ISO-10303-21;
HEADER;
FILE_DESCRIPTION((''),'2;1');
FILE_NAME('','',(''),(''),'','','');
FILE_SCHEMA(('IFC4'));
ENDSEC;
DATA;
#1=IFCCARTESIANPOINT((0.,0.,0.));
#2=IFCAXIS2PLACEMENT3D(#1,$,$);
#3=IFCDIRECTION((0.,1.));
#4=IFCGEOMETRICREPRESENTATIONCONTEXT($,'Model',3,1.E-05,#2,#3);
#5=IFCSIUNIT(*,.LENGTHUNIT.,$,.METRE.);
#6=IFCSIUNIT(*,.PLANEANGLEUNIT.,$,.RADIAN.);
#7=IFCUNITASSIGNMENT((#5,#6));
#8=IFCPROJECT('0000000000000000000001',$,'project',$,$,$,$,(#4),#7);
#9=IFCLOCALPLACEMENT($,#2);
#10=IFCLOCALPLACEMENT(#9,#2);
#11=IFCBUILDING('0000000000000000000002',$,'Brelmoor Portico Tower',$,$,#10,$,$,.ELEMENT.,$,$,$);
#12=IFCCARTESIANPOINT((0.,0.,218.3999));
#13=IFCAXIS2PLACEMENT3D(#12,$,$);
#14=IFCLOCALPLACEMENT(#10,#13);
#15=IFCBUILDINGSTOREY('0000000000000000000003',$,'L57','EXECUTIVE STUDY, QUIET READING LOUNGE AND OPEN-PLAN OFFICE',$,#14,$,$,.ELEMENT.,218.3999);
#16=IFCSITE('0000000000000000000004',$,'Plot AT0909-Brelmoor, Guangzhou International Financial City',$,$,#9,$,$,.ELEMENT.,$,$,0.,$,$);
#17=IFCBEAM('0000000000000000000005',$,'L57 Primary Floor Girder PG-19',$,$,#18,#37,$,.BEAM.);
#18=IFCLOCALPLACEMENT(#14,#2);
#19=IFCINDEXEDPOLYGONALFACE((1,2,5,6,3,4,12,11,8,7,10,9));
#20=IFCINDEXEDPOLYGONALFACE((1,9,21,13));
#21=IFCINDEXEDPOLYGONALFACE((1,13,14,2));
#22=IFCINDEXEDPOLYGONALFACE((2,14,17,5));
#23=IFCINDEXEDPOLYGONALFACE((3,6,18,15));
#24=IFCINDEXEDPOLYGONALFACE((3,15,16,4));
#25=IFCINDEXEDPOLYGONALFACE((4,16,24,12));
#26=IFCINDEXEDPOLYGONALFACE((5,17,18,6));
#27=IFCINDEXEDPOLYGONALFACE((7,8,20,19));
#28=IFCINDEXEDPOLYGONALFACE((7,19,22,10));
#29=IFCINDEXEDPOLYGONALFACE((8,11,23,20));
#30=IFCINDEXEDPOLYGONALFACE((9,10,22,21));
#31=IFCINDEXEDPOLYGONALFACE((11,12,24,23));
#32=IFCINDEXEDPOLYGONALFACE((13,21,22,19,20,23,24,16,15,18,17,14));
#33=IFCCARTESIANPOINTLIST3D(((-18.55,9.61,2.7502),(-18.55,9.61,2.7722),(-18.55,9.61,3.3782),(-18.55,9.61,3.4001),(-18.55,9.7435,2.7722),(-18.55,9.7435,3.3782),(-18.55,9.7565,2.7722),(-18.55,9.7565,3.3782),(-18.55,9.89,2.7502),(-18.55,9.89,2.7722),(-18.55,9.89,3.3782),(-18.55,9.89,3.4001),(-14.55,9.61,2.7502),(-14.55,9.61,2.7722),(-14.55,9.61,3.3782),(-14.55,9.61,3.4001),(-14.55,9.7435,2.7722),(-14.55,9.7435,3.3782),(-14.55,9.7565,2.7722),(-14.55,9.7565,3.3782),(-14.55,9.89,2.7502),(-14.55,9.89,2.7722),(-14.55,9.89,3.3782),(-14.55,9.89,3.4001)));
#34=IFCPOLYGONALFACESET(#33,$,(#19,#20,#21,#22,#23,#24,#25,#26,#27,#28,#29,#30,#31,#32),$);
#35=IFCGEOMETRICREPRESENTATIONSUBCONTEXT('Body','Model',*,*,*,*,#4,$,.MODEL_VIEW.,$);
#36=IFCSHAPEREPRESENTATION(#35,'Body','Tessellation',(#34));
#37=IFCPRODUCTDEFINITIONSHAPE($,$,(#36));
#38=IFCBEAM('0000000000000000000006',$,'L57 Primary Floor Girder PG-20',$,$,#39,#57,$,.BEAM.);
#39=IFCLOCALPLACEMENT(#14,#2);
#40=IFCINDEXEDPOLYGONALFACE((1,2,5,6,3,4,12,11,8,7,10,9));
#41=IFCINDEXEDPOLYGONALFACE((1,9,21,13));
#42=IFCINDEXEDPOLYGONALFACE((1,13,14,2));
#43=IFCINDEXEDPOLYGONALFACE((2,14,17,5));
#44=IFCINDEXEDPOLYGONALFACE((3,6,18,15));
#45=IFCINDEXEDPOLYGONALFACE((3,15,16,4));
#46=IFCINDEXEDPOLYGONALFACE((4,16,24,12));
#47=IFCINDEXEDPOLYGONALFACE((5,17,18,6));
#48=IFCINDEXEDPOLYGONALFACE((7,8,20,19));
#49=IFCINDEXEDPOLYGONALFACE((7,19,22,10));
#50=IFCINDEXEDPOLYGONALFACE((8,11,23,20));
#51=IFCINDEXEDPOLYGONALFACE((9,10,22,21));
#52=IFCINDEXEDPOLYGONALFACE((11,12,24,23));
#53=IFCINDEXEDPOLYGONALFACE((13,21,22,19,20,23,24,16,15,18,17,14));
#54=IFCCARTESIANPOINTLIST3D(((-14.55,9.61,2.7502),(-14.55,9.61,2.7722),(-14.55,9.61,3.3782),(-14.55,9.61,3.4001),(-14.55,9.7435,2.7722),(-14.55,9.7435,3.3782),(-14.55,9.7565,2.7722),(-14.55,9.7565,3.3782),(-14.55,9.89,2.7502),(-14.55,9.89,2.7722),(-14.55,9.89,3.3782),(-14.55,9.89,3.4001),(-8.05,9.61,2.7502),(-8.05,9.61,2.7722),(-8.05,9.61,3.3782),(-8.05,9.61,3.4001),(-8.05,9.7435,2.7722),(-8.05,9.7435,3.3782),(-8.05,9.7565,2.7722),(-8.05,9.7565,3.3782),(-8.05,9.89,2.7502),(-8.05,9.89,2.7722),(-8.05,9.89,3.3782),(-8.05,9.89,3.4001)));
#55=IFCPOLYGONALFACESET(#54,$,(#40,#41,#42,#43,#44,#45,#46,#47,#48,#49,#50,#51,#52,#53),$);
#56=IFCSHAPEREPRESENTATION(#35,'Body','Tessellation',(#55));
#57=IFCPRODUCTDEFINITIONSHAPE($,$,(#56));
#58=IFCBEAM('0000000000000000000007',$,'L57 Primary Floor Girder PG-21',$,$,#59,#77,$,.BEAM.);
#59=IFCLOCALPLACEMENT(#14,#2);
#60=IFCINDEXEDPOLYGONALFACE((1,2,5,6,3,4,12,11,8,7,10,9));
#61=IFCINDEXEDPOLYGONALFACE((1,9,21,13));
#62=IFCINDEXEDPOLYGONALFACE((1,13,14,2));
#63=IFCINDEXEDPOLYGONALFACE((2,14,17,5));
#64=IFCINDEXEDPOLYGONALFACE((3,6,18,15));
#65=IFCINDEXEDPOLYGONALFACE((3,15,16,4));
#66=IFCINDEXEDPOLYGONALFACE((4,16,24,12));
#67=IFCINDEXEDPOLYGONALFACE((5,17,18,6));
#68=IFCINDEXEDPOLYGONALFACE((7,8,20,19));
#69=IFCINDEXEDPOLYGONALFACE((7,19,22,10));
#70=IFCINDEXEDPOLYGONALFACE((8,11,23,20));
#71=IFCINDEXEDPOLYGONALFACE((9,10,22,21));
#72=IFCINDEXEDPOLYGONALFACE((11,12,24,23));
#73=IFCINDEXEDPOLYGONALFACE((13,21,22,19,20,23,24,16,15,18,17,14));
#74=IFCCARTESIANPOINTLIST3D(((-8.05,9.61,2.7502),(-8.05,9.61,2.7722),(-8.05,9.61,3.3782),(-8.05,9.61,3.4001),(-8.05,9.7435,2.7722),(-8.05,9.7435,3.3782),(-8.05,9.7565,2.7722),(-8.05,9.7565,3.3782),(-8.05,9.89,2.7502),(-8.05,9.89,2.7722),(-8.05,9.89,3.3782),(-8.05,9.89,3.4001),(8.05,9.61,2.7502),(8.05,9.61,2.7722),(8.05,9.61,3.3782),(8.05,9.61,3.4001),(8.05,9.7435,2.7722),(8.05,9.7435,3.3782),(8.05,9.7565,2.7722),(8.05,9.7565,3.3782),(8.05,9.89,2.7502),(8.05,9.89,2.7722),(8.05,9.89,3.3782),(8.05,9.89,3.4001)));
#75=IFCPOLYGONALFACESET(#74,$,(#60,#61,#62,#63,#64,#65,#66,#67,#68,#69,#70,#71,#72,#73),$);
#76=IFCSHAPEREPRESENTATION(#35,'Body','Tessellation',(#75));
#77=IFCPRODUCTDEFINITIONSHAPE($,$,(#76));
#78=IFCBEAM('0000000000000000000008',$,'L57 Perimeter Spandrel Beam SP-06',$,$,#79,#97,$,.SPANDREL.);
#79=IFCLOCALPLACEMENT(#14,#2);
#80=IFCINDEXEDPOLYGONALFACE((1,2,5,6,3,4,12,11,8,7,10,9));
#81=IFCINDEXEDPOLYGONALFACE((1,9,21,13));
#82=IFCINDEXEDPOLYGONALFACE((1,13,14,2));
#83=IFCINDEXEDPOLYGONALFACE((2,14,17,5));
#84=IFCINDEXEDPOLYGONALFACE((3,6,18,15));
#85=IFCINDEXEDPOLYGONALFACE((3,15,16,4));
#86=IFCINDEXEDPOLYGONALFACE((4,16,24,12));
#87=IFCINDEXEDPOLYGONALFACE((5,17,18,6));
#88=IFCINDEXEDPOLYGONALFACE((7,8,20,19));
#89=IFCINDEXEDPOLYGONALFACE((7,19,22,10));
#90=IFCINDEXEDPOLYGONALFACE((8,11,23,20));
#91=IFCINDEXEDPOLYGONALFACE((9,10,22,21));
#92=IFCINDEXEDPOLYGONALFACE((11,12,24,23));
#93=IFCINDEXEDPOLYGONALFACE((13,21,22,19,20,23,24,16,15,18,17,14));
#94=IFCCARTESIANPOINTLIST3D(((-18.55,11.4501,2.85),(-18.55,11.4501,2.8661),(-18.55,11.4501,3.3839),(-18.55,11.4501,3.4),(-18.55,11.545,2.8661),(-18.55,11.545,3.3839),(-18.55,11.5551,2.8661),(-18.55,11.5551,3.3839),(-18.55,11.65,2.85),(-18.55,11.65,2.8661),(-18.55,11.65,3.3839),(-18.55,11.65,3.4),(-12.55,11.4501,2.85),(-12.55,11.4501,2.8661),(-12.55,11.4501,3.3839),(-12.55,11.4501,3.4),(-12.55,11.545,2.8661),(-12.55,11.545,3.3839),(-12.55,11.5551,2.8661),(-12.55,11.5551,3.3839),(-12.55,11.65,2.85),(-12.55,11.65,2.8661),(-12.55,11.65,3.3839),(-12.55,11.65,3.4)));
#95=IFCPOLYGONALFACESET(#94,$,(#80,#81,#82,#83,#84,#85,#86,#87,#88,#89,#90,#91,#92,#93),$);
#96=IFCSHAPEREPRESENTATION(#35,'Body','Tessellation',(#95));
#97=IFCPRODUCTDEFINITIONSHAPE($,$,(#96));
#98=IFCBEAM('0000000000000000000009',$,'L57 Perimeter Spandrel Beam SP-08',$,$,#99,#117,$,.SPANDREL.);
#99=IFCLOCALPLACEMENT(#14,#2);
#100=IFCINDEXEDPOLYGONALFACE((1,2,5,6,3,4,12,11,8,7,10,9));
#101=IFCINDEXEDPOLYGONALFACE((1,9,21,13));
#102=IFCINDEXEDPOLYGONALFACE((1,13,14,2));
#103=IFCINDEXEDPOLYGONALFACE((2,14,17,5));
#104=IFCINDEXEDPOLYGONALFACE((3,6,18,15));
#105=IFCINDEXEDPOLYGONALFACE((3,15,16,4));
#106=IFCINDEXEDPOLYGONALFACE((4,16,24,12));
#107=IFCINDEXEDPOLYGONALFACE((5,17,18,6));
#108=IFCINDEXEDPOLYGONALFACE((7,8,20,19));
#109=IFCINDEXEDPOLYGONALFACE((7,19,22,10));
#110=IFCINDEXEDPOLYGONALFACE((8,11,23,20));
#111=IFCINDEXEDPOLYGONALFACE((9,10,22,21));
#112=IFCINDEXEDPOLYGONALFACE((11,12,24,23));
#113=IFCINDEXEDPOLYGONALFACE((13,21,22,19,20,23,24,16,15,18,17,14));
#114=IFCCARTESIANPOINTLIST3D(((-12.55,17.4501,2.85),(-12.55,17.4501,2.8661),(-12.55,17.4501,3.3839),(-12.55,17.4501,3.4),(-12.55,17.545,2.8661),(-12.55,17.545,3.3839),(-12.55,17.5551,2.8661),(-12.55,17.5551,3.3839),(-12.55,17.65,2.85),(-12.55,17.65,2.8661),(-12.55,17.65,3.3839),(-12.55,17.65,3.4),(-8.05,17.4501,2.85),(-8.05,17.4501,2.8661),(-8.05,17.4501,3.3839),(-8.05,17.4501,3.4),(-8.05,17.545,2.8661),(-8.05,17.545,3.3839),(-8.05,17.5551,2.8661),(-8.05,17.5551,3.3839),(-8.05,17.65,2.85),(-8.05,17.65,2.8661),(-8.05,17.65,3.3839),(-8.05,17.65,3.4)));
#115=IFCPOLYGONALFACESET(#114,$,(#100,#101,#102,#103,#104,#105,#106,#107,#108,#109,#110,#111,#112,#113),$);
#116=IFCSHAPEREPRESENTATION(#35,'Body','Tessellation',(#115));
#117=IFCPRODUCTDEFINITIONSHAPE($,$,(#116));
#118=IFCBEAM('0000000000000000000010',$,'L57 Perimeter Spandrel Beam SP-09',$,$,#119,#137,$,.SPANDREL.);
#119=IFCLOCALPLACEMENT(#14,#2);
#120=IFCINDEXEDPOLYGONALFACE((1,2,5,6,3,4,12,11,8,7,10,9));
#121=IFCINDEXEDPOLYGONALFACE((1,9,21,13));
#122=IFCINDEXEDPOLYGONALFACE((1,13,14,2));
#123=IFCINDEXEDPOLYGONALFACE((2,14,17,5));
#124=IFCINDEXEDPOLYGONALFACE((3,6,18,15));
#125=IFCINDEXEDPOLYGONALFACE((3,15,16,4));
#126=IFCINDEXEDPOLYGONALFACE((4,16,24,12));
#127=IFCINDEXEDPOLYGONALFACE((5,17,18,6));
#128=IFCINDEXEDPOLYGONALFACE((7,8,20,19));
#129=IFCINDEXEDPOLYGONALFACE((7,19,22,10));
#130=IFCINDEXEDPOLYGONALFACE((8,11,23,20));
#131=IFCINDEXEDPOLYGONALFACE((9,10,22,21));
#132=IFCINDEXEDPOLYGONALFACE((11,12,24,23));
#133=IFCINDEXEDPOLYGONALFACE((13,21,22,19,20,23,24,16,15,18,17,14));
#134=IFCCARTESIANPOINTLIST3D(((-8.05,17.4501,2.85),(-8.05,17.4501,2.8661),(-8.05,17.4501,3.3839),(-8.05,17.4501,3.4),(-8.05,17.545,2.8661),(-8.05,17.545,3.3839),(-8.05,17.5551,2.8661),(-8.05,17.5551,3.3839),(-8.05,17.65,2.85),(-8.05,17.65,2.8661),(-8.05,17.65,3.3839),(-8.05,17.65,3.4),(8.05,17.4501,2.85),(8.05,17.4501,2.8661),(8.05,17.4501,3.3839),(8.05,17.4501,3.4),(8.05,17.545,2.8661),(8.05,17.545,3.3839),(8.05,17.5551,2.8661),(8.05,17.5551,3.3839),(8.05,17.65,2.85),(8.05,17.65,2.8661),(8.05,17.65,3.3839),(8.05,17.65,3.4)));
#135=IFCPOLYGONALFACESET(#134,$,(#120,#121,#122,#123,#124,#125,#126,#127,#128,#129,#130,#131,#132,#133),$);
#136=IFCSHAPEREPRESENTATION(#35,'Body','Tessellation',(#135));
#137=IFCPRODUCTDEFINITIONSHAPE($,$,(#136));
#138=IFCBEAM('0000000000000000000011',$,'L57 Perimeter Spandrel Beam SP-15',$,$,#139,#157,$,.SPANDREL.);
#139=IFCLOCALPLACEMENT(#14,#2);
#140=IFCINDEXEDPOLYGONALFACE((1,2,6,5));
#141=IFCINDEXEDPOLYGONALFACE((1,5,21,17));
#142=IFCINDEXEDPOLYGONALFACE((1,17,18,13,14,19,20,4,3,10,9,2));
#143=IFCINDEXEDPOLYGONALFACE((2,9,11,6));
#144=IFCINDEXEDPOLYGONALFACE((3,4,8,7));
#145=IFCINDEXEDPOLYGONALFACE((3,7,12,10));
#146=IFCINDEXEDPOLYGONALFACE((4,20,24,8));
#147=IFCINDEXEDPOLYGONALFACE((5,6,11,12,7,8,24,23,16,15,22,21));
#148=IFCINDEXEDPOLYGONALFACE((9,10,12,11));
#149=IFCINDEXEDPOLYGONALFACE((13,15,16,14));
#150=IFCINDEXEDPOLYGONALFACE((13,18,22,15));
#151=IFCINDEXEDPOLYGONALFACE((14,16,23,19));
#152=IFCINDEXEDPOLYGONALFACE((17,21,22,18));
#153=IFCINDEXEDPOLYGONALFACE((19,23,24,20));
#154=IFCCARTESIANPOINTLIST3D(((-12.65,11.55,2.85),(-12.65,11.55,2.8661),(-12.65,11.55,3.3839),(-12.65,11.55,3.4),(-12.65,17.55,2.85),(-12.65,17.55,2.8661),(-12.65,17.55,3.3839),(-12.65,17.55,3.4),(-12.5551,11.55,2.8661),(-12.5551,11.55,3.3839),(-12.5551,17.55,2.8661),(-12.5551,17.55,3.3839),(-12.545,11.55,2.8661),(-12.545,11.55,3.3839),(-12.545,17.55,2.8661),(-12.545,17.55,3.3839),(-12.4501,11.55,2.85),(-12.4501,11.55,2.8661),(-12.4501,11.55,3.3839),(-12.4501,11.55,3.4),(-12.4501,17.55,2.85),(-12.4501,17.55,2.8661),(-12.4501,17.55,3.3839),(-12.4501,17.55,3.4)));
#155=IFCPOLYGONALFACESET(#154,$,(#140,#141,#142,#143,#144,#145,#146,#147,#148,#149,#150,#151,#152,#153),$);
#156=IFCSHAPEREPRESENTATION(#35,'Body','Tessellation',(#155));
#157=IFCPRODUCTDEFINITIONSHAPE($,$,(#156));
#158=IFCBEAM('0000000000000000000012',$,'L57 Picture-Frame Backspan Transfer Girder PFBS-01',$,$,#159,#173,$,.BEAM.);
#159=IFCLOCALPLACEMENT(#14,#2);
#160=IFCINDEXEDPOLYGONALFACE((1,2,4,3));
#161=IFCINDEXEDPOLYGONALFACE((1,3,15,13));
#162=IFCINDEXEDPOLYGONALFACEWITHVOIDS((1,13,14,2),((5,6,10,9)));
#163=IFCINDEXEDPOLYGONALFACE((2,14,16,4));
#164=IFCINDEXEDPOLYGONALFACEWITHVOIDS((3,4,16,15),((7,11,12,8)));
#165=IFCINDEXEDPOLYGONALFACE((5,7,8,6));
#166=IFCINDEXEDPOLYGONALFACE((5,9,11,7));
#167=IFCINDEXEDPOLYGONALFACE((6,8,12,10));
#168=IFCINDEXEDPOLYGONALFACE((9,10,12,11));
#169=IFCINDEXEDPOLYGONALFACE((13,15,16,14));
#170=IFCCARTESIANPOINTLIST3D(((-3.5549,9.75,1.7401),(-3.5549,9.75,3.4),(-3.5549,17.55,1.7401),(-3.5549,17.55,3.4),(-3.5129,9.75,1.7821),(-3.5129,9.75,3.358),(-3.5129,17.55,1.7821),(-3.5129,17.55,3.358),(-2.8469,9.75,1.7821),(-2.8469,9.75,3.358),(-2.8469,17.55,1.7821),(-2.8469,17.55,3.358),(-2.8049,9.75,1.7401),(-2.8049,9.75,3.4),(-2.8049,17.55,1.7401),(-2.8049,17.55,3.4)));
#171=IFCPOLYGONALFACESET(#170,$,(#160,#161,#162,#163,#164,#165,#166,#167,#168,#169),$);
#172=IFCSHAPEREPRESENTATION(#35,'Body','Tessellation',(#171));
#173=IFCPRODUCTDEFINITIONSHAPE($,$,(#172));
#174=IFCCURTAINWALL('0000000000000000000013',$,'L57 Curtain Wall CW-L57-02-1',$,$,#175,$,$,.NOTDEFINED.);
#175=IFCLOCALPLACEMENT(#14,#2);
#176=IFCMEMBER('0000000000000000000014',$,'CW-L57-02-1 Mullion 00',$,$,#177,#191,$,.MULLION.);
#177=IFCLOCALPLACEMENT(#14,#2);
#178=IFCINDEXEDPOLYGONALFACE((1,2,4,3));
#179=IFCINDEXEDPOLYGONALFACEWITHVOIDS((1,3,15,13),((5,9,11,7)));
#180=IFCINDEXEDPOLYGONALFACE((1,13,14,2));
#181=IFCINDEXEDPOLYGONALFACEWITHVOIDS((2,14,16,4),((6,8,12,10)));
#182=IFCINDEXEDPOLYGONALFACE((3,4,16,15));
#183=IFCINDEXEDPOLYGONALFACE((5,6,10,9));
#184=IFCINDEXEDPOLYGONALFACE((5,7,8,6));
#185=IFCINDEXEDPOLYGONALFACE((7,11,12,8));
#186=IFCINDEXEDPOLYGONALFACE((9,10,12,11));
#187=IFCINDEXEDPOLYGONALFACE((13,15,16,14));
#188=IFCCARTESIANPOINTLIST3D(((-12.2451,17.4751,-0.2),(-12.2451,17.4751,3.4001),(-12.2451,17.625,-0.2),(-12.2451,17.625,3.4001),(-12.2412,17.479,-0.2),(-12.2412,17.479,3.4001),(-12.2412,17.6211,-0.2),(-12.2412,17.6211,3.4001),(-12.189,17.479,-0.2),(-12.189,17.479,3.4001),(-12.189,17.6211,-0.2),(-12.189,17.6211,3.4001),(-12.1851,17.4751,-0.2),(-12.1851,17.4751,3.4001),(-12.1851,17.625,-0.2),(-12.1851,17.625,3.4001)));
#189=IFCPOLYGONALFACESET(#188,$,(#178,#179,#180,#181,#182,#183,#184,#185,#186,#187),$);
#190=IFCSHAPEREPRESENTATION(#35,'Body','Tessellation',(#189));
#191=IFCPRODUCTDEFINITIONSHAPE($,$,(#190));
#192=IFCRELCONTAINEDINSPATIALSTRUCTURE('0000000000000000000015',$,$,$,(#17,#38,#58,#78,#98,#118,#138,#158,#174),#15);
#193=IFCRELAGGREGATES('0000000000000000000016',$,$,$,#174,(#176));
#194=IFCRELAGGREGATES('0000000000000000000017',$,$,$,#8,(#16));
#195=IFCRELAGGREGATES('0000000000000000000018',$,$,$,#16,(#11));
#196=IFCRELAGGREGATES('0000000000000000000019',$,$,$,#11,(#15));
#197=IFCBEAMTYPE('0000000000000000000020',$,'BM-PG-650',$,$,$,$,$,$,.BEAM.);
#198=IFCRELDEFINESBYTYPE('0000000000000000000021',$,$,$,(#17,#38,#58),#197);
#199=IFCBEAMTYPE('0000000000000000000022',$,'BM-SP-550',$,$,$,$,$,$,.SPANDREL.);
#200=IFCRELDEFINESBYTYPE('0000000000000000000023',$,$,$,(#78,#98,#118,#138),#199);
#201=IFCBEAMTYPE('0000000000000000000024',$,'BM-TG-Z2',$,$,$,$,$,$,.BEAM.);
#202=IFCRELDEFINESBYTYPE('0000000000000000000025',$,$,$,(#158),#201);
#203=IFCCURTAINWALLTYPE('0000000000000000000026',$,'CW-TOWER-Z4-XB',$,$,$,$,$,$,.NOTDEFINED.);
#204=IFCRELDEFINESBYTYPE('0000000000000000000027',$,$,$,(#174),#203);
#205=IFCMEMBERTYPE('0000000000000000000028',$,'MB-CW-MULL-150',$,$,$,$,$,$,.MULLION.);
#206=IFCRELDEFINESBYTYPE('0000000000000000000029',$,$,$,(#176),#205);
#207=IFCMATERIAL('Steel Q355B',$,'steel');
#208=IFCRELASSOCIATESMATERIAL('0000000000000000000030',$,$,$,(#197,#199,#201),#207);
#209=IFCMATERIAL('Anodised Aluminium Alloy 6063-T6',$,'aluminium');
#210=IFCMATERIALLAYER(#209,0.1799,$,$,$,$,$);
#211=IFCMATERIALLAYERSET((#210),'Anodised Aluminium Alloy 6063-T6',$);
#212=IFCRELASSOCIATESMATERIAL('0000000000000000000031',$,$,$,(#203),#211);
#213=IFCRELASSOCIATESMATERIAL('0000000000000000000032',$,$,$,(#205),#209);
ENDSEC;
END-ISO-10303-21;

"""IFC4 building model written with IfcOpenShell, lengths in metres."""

from ifc_helpers import new_model, si_unit, direction, frame, origin, origin_2d, place, context, subcontext, project, spatial, hollow_rectangle, i_section, extrude, material, layer, layer_set, material_profile, profile_set, type_object, element, aggregate, save


model = new_model("IFC4")

# Units and contexts
model_context = context("Model", 3, precision=1e-05, world=origin(), true_north=direction((0.0, 1.0)))
body_context = subcontext(model_context, "Body", "Model", "MODEL_VIEW")
ifc_project = project(units=[si_unit("LENGTHUNIT", "METRE"), si_unit("PLANEANGLEUNIT", "RADIAN")], contexts=[model_context])

# Site, building, storey
site_placement = place(None, origin())
site = spatial("IfcSite", under=ifc_project, at=site_placement, Name="Plot AT0909-Brelmoor, Guangzhou International Financial City", CompositionType="ELEMENT", RefElevation=0.0)
building_placement = place(site_placement, origin())
building = spatial("IfcBuilding", under=site, at=building_placement, Name="Brelmoor Portico Tower", CompositionType="ELEMENT")
storey_placement = place(building_placement, frame((0.0, 0.0, 218.3999)))
storey = spatial("IfcBuildingStorey", under=building, at=storey_placement, Name="L57", Description="EXECUTIVE STUDY, QUIET READING LOUNGE AND OPEN-PLAN OFFICE", CompositionType="ELEMENT", Elevation=218.3999)

# Shared definitions
ifc_material_1 = material(Name="Steel Q355B", Category="steel")

# Beams
ifc_material_profile_1 = material_profile(ifc_material_1, i_section(OverallWidth=0.28, OverallDepth=0.6499, WebThickness=0.0129, FlangeThickness=0.022, at=origin_2d()), Name="HN 650x280x13x22")
ifc_profile_set_1 = profile_set([ifc_material_profile_1], Name="Steel Q355B")
beam_type_1 = type_object("IfcBeamType", Name="BM-PG-650", PredefinedType="BEAM", material=ifc_profile_set_1)
beam_1_placement = place(storey_placement, frame((-18.55, 9.75, 3.0752), z_axis=(1.0, 0.0, 0.0), x_axis=(0.0, 1.0, 0.0)))
element("IfcBeam", 1, at=beam_1_placement, inside=storey, type_object=beam_type_1, Name="L57 Primary Floor Girder PG-19", PredefinedType="BEAM", context=body_context, shape_type="SweptSolid", body=[
    extrude(i_section(OverallWidth=0.28, OverallDepth=0.6499, WebThickness=0.0129, FlangeThickness=0.022, at=origin_2d()), origin(), (0.0, 0.0, 1.0), 4.0),
])
beam_2_placement = place(storey_placement, frame((-14.55, 9.75, 3.0752), z_axis=(1.0, 0.0, 0.0), x_axis=(0.0, 1.0, 0.0)))
element("IfcBeam", 2, at=beam_2_placement, inside=storey, type_object=beam_type_1, Name="L57 Primary Floor Girder PG-20", PredefinedType="BEAM", context=body_context, shape_type="SweptSolid", body=[
    extrude(i_section(OverallWidth=0.28, OverallDepth=0.6499, WebThickness=0.0129, FlangeThickness=0.022, at=origin_2d()), origin(), (0.0, 0.0, 1.0), 6.5),
])
beam_3_placement = place(storey_placement, frame((-8.05, 9.75, 3.0752), z_axis=(1.0, 0.0, 0.0), x_axis=(0.0, 1.0, 0.0)))
element("IfcBeam", 3, at=beam_3_placement, inside=storey, type_object=beam_type_1, Name="L57 Primary Floor Girder PG-21", PredefinedType="BEAM", context=body_context, shape_type="SweptSolid", body=[
    extrude(i_section(OverallWidth=0.28, OverallDepth=0.6499, WebThickness=0.0129, FlangeThickness=0.022, at=origin_2d()), origin(), (0.0, 0.0, 1.0), 16.1001),
])
ifc_material_profile_2 = material_profile(ifc_material_1, i_section(OverallWidth=0.2, OverallDepth=0.55, WebThickness=0.01, FlangeThickness=0.0161, at=origin_2d()), Name="HN 550x200x10x16")
ifc_profile_set_2 = profile_set([ifc_material_profile_2], Name="Steel Q355B")
beam_type_2 = type_object("IfcBeamType", Name="BM-SP-550", PredefinedType="SPANDREL", material=ifc_profile_set_2)
beam_4_placement = place(storey_placement, frame((-18.55, 11.55, 3.125), z_axis=(1.0, 0.0, 0.0), x_axis=(0.0, 1.0, 0.0)))
element("IfcBeam", 4, at=beam_4_placement, inside=storey, type_object=beam_type_2, Name="L57 Perimeter Spandrel Beam SP-06", PredefinedType="SPANDREL", context=body_context, shape_type="SweptSolid", body=[
    extrude(i_section(OverallWidth=0.2, OverallDepth=0.55, WebThickness=0.01, FlangeThickness=0.0161, at=origin_2d()), origin(), (0.0, 0.0, 1.0), 6.0),
])
beam_5_placement = place(storey_placement, frame((-12.55, 17.55, 3.125), z_axis=(1.0, 0.0, 0.0), x_axis=(0.0, 1.0, 0.0)))
element("IfcBeam", 5, at=beam_5_placement, inside=storey, type_object=beam_type_2, Name="L57 Perimeter Spandrel Beam SP-08", PredefinedType="SPANDREL", context=body_context, shape_type="SweptSolid", body=[
    extrude(i_section(OverallWidth=0.2, OverallDepth=0.55, WebThickness=0.01, FlangeThickness=0.0161, at=origin_2d()), origin(), (0.0, 0.0, 1.0), 4.5),
])
beam_6_placement = place(storey_placement, frame((-8.05, 17.55, 3.125), z_axis=(1.0, 0.0, 0.0), x_axis=(0.0, 1.0, 0.0)))
element("IfcBeam", 6, at=beam_6_placement, inside=storey, type_object=beam_type_2, Name="L57 Perimeter Spandrel Beam SP-09", PredefinedType="SPANDREL", context=body_context, shape_type="SweptSolid", body=[
    extrude(i_section(OverallWidth=0.2, OverallDepth=0.55, WebThickness=0.01, FlangeThickness=0.0161, at=origin_2d()), origin(), (0.0, 0.0, 1.0), 16.1001),
])
beam_7_placement = place(storey_placement, frame((-12.55, 11.55, 3.125), z_axis=(0.0, 1.0, 0.0), x_axis=(-1.0, 0.0, 0.0)))
element("IfcBeam", 7, at=beam_7_placement, inside=storey, type_object=beam_type_2, Name="L57 Perimeter Spandrel Beam SP-15", PredefinedType="SPANDREL", context=body_context, shape_type="SweptSolid", body=[
    extrude(i_section(OverallWidth=0.2, OverallDepth=0.55, WebThickness=0.01, FlangeThickness=0.0161, at=origin_2d()), origin(), (0.0, 0.0, 1.0), 6.0),
])
ifc_material_profile_3 = material_profile(ifc_material_1, hollow_rectangle(XDim=0.75, YDim=1.6599, WallThickness=0.042, at=origin_2d()), Name="BOX 750x1660x42")
ifc_profile_set_3 = profile_set([ifc_material_profile_3], Name="Steel Q355B")
beam_type_3 = type_object("IfcBeamType", Name="BM-TG-Z2", PredefinedType="BEAM", material=ifc_profile_set_3)
beam_8_placement = place(storey_placement, frame((-3.1799, 9.75, 2.5701), z_axis=(0.0, 1.0, 0.0), x_axis=(-1.0, 0.0, 0.0)))
element("IfcBeam", 8, at=beam_8_placement, inside=storey, type_object=beam_type_3, Name="L57 Picture-Frame Backspan Transfer Girder PFBS-01", PredefinedType="BEAM", context=body_context, shape_type="SweptSolid", body=[
    extrude(hollow_rectangle(XDim=0.75, YDim=1.6599, WallThickness=0.042, at=origin_2d()), origin(), (0.0, 0.0, 1.0), 7.8),
])

# Curtain wall, member
ifc_material_2 = material(Name="Anodised Aluminium Alloy 6063-T6", Category="aluminium")
ifc_layer_1 = layer(ifc_material_2, 0.1799)
ifc_layer_set_1 = layer_set([ifc_layer_1], Name="Anodised Aluminium Alloy 6063-T6")
curtain_wall_type_1 = type_object("IfcCurtainWallType", Name="CW-TOWER-Z4-XB", PredefinedType="NOTDEFINED", material=ifc_layer_set_1)
curtain_wall_1_placement = place(storey_placement, origin())
curtain_wall_1 = element("IfcCurtainWall", 9, at=curtain_wall_1_placement, inside=storey, type_object=curtain_wall_type_1, Name="L57 Curtain Wall CW-L57-02-1", PredefinedType="NOTDEFINED")
ifc_material_profile_4 = material_profile(ifc_material_2, hollow_rectangle(XDim=0.0601, YDim=0.1499, WallThickness=0.0039, at=origin_2d()), Name="ALU MULLION 60x150")
ifc_profile_set_4 = profile_set([ifc_material_profile_4], Name="Anodised Aluminium Alloy 6063-T6")
member_type_1 = type_object("IfcMemberType", Name="MB-CW-MULL-150", PredefinedType="MULLION", material=ifc_profile_set_4)
member_1_placement = place(storey_placement, frame((-12.2151, 17.55, -0.2), z_axis=(0.0, 0.0, 1.0), x_axis=(1.0, 0.0, 0.0)))
member_1 = element("IfcMember", 10, at=member_1_placement, type_object=member_type_1, Name="CW-L57-02-1 Mullion 00", PredefinedType="MULLION", context=body_context, shape_type="SweptSolid", body=[
    extrude(hollow_rectangle(XDim=0.0601, YDim=0.1499, WallThickness=0.0039, at=origin_2d()), origin(), (0.0, 0.0, 1.0), 3.6001),
])

aggregate(curtain_wall_1, [member_1])

save(model, "model.ifc")
